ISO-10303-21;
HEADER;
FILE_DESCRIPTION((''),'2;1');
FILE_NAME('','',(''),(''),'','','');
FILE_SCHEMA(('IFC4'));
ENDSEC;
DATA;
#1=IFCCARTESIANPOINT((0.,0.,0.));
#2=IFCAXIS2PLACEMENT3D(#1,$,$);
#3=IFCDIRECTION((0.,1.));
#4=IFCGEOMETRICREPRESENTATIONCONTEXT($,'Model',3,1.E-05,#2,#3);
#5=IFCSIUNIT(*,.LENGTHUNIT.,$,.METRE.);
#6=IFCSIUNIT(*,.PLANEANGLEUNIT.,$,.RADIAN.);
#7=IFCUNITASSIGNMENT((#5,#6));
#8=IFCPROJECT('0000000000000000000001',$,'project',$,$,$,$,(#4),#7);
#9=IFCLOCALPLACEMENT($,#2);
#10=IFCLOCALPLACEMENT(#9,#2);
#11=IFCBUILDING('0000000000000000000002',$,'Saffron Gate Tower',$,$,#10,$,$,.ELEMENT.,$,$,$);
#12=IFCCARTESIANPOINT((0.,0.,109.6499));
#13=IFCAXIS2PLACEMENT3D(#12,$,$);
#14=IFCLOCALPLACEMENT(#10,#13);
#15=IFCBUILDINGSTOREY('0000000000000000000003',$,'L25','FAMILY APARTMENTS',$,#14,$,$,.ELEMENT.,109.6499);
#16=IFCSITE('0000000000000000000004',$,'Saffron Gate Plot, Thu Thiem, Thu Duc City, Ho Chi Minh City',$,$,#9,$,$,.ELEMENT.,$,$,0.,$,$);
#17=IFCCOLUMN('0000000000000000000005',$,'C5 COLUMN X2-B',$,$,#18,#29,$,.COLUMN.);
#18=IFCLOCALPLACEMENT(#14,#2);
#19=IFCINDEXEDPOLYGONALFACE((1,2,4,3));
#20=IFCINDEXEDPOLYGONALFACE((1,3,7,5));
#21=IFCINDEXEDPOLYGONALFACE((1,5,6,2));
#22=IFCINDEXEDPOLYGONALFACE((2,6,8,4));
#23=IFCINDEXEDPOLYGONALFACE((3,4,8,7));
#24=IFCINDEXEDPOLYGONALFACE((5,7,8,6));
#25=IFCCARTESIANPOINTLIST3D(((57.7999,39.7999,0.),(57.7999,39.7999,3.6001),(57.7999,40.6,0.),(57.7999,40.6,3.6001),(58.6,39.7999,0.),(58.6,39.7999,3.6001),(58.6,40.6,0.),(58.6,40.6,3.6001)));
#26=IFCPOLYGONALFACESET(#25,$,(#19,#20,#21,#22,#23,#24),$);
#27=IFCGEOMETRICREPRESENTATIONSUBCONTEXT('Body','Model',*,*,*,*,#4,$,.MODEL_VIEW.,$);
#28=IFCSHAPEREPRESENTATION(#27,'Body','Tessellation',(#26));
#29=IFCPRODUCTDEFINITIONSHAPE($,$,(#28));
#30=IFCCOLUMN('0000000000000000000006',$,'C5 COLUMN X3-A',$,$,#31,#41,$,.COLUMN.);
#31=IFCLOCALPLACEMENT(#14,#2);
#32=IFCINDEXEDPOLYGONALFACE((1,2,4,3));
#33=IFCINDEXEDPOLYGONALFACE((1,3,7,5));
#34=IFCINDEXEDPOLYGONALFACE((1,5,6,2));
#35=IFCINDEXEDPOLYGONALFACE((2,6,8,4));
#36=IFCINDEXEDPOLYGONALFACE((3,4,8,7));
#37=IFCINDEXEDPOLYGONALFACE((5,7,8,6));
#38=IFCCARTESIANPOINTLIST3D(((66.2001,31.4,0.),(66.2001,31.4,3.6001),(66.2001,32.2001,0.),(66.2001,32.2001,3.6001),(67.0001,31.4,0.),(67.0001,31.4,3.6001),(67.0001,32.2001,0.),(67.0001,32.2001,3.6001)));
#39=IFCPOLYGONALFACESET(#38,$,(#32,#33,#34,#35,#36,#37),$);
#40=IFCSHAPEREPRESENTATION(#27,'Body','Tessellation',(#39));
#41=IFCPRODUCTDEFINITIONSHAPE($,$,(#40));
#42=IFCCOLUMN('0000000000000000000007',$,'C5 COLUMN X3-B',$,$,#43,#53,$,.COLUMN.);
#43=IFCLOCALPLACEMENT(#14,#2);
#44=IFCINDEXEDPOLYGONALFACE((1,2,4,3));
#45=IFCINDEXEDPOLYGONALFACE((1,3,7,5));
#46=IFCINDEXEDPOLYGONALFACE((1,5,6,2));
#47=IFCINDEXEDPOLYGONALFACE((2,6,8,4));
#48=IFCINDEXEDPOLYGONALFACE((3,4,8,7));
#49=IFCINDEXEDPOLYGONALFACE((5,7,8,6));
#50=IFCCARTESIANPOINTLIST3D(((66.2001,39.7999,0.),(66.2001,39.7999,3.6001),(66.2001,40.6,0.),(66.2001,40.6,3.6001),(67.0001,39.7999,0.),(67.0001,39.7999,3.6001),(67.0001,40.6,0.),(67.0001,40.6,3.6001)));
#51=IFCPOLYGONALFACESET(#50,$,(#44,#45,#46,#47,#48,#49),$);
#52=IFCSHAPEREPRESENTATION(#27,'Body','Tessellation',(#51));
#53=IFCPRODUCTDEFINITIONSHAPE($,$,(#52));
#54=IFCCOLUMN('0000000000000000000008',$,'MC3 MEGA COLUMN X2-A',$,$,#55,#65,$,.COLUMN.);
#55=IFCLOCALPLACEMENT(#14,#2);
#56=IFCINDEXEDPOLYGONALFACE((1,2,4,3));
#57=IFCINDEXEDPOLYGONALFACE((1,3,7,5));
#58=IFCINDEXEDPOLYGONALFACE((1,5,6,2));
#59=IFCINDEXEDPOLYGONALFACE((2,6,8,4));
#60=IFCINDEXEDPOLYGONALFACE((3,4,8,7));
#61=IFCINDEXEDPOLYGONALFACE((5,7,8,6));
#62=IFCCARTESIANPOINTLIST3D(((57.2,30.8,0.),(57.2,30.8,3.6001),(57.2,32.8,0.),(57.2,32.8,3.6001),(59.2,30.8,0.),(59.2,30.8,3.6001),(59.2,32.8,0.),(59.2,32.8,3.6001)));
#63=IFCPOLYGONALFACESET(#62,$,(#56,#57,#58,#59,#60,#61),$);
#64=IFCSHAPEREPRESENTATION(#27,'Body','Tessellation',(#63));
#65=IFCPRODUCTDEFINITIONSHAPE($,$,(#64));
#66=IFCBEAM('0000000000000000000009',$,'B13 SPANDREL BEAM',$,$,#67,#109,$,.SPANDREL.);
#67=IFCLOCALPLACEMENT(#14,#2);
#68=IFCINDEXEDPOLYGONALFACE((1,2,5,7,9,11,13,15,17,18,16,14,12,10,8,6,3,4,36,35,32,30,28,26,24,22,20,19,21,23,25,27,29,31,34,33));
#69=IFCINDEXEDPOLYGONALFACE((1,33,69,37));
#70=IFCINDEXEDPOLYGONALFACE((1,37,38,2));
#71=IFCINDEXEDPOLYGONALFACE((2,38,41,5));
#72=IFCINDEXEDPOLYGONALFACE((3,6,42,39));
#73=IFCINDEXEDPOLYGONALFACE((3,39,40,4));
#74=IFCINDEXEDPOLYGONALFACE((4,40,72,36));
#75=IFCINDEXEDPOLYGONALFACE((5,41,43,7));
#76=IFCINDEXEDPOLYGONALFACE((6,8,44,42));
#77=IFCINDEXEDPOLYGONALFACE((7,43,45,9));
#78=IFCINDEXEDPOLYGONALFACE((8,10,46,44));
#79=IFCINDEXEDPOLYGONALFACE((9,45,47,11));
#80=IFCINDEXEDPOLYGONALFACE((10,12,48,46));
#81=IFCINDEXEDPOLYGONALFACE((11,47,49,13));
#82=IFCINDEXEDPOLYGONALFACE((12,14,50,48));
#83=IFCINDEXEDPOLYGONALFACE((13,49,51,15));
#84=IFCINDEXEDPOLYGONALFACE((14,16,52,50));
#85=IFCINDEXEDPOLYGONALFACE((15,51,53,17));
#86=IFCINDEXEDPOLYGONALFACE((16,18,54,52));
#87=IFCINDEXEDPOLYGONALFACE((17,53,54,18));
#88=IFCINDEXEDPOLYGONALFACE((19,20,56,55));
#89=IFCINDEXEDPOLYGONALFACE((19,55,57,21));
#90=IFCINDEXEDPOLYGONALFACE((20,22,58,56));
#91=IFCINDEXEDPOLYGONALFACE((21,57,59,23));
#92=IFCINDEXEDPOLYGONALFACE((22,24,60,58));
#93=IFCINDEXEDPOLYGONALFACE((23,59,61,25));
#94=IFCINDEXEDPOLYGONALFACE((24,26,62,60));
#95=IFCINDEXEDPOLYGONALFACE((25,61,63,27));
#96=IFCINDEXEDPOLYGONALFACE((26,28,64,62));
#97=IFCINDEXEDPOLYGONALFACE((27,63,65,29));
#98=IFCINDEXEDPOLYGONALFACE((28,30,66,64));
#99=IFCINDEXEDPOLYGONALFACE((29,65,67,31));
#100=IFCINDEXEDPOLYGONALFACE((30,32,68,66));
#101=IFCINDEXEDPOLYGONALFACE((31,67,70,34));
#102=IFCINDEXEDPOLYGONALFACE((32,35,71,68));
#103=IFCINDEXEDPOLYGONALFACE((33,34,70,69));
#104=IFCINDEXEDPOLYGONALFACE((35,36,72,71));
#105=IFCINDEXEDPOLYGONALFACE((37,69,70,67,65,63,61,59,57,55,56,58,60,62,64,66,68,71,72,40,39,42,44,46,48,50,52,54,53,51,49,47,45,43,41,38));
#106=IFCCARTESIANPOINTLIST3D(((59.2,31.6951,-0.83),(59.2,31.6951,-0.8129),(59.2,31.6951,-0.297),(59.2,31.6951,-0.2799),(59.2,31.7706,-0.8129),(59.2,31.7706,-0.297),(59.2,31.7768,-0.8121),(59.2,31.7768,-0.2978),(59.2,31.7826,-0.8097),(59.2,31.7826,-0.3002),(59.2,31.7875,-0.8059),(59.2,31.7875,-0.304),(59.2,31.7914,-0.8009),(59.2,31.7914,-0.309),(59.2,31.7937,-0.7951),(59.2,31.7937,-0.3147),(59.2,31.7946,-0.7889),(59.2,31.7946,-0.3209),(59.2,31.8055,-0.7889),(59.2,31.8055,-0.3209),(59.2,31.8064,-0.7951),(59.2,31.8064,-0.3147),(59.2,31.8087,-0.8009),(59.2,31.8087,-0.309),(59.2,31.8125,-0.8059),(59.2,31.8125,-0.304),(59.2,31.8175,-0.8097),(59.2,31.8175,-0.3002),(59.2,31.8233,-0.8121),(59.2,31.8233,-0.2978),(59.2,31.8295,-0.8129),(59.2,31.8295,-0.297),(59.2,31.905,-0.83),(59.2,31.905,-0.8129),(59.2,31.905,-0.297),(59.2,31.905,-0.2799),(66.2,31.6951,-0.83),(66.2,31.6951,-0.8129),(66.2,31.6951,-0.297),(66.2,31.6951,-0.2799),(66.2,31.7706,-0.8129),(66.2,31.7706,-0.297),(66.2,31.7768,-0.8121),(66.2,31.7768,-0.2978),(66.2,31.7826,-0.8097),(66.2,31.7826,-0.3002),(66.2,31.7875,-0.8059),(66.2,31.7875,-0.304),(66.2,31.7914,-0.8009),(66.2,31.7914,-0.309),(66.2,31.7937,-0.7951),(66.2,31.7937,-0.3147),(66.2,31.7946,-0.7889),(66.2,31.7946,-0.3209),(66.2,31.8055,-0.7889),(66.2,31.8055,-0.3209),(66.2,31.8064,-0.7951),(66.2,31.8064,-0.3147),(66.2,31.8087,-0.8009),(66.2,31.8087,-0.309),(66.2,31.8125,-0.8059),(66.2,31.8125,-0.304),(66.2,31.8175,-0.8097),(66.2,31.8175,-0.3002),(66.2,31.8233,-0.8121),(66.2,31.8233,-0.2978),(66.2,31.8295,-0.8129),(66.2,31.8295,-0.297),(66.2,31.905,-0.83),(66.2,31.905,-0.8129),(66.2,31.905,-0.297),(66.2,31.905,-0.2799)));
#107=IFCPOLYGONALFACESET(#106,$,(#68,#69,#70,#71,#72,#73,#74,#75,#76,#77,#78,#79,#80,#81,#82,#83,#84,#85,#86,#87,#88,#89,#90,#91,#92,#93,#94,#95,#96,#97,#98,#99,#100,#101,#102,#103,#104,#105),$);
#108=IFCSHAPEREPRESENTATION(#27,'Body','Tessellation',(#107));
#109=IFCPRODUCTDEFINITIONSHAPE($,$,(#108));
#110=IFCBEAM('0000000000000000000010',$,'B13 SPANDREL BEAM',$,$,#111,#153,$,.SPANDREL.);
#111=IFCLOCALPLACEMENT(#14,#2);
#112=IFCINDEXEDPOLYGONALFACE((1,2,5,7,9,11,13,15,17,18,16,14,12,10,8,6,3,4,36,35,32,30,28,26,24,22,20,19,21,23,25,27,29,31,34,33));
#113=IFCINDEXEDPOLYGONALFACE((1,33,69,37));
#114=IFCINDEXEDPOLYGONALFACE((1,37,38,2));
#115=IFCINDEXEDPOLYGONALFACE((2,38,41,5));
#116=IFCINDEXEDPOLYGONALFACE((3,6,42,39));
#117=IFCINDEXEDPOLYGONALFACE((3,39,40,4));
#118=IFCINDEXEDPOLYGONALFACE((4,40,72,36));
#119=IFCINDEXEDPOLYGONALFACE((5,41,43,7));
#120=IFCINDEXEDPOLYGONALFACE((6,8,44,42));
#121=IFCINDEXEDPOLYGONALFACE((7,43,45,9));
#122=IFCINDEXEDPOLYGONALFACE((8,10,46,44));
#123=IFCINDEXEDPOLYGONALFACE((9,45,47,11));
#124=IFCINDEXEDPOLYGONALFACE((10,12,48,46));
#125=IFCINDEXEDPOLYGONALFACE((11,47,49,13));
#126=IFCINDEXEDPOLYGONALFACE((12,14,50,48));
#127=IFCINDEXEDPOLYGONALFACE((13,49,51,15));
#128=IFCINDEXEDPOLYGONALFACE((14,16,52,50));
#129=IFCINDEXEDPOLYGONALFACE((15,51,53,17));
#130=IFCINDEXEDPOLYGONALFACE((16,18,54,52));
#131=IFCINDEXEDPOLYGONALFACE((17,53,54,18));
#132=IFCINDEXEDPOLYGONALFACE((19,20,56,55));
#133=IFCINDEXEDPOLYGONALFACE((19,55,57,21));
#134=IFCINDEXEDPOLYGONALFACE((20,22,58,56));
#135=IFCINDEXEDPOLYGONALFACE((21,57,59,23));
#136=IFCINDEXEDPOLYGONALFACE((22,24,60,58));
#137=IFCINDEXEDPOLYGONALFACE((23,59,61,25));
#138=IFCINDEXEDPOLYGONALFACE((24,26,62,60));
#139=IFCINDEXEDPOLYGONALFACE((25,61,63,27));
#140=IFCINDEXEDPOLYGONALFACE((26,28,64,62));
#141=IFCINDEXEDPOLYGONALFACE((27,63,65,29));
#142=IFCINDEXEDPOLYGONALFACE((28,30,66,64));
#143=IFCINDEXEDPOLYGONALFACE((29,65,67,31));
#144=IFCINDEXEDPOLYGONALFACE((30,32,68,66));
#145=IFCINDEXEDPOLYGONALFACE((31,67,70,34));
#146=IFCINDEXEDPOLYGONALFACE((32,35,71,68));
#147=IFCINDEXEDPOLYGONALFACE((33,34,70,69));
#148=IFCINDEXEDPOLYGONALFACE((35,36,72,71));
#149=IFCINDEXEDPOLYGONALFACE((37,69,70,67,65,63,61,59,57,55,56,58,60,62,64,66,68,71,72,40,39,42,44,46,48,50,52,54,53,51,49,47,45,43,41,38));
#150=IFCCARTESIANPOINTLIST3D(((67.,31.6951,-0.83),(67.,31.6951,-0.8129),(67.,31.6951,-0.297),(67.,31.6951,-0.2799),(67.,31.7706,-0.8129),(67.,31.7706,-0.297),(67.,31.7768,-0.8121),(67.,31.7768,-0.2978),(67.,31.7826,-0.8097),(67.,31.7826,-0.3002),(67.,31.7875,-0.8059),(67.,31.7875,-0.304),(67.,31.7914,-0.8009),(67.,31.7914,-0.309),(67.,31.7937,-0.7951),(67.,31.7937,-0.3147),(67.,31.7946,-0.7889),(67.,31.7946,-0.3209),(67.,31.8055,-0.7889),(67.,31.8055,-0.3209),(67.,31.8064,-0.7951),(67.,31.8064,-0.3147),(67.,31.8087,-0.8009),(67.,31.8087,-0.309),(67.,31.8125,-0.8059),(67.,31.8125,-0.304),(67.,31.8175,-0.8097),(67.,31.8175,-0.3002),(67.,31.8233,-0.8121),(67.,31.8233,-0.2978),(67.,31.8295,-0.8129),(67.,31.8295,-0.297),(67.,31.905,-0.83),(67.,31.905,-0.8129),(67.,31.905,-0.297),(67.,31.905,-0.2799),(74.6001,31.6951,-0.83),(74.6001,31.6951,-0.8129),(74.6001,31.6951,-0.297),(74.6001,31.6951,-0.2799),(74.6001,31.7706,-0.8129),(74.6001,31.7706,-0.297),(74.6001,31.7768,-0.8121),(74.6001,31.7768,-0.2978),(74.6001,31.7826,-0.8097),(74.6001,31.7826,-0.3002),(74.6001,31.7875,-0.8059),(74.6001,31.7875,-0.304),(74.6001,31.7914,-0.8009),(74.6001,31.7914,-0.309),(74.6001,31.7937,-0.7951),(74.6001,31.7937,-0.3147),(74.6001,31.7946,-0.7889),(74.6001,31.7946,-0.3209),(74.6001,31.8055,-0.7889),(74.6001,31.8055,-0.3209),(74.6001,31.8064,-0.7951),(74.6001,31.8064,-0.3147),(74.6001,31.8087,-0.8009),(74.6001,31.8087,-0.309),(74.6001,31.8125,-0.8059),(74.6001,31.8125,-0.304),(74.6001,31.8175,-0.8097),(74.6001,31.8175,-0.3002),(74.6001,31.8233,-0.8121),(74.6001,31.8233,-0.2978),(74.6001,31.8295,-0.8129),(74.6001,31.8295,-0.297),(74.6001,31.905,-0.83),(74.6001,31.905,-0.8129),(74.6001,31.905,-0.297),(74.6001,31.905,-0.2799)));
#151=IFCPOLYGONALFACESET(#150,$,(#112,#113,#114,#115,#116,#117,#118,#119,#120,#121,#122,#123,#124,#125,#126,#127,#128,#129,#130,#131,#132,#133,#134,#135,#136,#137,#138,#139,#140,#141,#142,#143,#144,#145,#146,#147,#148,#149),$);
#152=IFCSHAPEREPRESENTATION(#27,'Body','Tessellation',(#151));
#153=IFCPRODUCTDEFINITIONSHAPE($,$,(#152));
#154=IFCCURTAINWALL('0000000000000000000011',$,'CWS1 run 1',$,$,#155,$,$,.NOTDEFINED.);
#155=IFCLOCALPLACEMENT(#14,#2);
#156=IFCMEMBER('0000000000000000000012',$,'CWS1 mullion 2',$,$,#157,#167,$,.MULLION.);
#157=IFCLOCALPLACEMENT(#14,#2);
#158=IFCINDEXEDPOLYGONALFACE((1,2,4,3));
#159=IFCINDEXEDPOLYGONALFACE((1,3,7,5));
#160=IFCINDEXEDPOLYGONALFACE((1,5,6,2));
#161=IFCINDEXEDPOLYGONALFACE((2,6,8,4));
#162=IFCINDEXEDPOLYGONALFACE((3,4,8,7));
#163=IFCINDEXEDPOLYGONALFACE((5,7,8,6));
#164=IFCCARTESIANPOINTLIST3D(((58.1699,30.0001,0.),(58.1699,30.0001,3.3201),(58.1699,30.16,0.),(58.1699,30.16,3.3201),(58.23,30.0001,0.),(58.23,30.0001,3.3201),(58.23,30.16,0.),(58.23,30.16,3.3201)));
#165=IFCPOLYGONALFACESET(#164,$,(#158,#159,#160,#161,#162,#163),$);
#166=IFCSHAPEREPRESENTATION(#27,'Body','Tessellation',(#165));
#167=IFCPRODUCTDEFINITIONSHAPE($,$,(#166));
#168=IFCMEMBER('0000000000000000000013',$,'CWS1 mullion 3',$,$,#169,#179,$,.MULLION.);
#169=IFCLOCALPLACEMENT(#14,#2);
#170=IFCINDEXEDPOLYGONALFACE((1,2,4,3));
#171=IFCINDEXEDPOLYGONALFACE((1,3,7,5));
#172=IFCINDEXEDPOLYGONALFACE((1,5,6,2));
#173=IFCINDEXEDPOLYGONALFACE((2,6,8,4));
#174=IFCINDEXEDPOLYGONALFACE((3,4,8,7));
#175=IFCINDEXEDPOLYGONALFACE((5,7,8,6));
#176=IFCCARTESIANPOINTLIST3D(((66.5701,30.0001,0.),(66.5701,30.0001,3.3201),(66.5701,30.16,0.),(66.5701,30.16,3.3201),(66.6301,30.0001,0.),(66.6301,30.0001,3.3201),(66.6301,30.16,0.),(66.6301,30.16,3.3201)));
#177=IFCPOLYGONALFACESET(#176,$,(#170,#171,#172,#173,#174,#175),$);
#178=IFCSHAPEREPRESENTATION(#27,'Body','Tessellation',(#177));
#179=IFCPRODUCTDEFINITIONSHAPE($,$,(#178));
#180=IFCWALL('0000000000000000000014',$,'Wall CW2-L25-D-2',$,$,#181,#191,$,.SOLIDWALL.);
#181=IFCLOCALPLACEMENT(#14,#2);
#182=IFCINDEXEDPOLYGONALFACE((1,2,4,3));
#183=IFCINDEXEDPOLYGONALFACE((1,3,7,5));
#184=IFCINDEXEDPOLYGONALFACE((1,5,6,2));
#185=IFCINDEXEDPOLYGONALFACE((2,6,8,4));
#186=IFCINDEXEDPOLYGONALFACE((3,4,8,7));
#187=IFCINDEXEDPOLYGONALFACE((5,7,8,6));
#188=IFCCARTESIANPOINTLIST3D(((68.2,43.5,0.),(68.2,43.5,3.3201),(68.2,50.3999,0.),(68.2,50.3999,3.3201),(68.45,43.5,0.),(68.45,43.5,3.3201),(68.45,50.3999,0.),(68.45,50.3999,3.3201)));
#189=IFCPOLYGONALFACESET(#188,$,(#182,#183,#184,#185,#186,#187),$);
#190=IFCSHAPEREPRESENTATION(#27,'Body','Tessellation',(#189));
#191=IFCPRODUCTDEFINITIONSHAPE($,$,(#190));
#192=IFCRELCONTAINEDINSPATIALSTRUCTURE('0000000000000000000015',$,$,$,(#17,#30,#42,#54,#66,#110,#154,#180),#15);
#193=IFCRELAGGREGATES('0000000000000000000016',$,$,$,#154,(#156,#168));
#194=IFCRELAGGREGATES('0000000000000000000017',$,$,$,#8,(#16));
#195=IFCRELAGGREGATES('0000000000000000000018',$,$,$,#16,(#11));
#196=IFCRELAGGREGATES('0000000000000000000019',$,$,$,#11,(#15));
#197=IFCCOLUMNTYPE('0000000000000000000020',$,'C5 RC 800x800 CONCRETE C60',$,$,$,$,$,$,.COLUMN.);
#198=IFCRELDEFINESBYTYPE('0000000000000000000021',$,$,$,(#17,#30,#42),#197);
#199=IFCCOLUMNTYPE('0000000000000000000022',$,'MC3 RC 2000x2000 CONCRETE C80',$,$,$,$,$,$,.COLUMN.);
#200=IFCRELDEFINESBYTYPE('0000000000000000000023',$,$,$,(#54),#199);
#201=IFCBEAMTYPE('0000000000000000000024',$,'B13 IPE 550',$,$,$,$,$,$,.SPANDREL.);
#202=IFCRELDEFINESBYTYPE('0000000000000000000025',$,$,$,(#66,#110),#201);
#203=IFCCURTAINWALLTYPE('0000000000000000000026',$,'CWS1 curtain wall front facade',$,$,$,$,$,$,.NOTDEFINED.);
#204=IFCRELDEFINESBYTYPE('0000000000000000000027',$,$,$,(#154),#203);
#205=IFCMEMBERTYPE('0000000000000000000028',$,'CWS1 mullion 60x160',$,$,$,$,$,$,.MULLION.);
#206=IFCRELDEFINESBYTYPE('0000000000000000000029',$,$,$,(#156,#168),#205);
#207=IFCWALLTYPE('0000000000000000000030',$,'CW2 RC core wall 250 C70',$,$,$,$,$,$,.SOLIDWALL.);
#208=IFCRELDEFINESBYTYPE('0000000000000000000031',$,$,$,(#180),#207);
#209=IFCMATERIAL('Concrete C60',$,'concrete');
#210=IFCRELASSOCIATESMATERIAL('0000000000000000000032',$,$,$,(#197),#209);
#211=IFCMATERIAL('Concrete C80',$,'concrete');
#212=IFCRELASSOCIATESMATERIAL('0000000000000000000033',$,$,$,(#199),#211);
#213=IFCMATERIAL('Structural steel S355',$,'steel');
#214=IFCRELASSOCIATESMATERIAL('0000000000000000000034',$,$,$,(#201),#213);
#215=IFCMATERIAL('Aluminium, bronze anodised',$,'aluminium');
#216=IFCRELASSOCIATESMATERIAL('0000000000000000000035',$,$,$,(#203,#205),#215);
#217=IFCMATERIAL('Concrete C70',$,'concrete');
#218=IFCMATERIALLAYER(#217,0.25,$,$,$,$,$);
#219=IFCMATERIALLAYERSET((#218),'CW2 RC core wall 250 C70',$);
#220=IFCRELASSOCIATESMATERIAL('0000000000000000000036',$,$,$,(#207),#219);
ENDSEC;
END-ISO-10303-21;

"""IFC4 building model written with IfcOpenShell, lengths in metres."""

from ifc_helpers import new_model, si_unit, direction, frame, frame_2d, origin, origin_2d, place, context, subcontext, project, spatial, rectangle, i_section, extrude, material, layer, layer_set, material_profile, profile_set, type_object, element, aggregate, save


model = new_model("IFC4")

# Units and contexts
model_context = context("Model", 3, precision=1e-05, world=origin(), true_north=direction((0.0, 1.0)))
body_context = subcontext(model_context, "Body", "Model", "MODEL_VIEW")
ifc_project = project(units=[si_unit("LENGTHUNIT", "METRE"), si_unit("PLANEANGLEUNIT", "RADIAN")], contexts=[model_context])

# Site, building, storey
site_placement = place(None, origin())
site = spatial("IfcSite", under=ifc_project, at=site_placement, Name="Saffron Gate Plot, Thu Thiem, Thu Duc City, Ho Chi Minh City", CompositionType="ELEMENT", RefElevation=0.0)
building_placement = place(site_placement, origin())
building = spatial("IfcBuilding", under=site, at=building_placement, Name="Saffron Gate Tower", CompositionType="ELEMENT")
storey_placement = place(building_placement, frame((0.0, 0.0, 109.6499)))
storey = spatial("IfcBuildingStorey", under=building, at=storey_placement, Name="L25", Description="FAMILY APARTMENTS", CompositionType="ELEMENT", Elevation=109.6499)

# Columns
ifc_material_1 = material(Name="Concrete C60", Category="concrete")
ifc_material_profile_1 = material_profile(ifc_material_1, rectangle(XDim=0.8, YDim=0.8, at=origin_2d()))
ifc_profile_set_1 = profile_set([ifc_material_profile_1], Name="Concrete C60")
column_type_1 = type_object("IfcColumnType", Name="C5 RC 800x800 CONCRETE C60", PredefinedType="COLUMN", material=ifc_profile_set_1)
for number, where, z_axis, x_axis, name in (
    (1, (58.2, 40.2, 0.0), (0.0, 0.0, 1.0), (1.0, 0.0, 0.0), "C5 COLUMN X2-B"),
    (2, (66.6001, 31.8, 0.0), (0.0, 0.0, 1.0), (1.0, 0.0, 0.0), "C5 COLUMN X3-A"),
    (3, (66.6001, 40.2, 0.0), (0.0, 0.0, 1.0), (1.0, 0.0, 0.0), "C5 COLUMN X3-B"),
):
    element("IfcColumn", number, at=place(storey_placement, frame(where, z_axis=z_axis, x_axis=x_axis)), inside=storey, type_object=column_type_1, Name=name, PredefinedType="COLUMN", context=body_context, shape_type="SweptSolid", body=[
        extrude(rectangle(XDim=0.8, YDim=0.8, at=origin_2d()), origin(), (0.0, 0.0, 1.0), 3.6001),
    ])
ifc_material_2 = material(Name="Concrete C80", Category="concrete")
ifc_material_profile_2 = material_profile(ifc_material_2, rectangle(XDim=2.0, YDim=2.0, at=origin_2d()))
ifc_profile_set_2 = profile_set([ifc_material_profile_2], Name="Concrete C80")
column_type_2 = type_object("IfcColumnType", Name="MC3 RC 2000x2000 CONCRETE C80", PredefinedType="COLUMN", material=ifc_profile_set_2)
column_placement = place(storey_placement, frame((58.2, 31.8, 0.0), z_axis=(0.0, 0.0, 1.0), x_axis=(1.0, 0.0, 0.0)))
element("IfcColumn", 4, at=column_placement, inside=storey, type_object=column_type_2, Name="MC3 MEGA COLUMN X2-A", PredefinedType="COLUMN", context=body_context, shape_type="SweptSolid", body=[
    extrude(rectangle(XDim=2.0, YDim=2.0, at=origin_2d()), origin(), (0.0, 0.0, 1.0), 3.6001),
])

# Beams
ifc_material_3 = material(Name="Structural steel S355", Category="steel")
ifc_material_profile_3 = material_profile(ifc_material_3, i_section(OverallWidth=0.21, OverallDepth=0.55, WebThickness=0.011, FlangeThickness=0.0171, FilletRadius=0.0239, at=origin_2d()))
ifc_profile_set_3 = profile_set([ifc_material_profile_3], Name="Structural steel S355")
beam_type = type_object("IfcBeamType", Name="B13 IPE 550", PredefinedType="SPANDREL", material=ifc_profile_set_3)
beam_1_placement = place(storey_placement, frame((59.2, 31.8, -0.5549), z_axis=(1.0, 0.0, 0.0), x_axis=(0.0, 1.0, 0.0)))
element("IfcBeam", 5, at=beam_1_placement, inside=storey, type_object=beam_type, Name="B13 SPANDREL BEAM", PredefinedType="SPANDREL", context=body_context, shape_type="SweptSolid", body=[
    extrude(i_section(OverallWidth=0.21, OverallDepth=0.55, WebThickness=0.011, FlangeThickness=0.0171, FilletRadius=0.0239, at=origin_2d()), origin(), (0.0, 0.0, 1.0), 7.0),
])
beam_2_placement = place(storey_placement, frame((67.0, 31.8, -0.5549), z_axis=(1.0, 0.0, 0.0), x_axis=(0.0, 1.0, 0.0)))
element("IfcBeam", 6, at=beam_2_placement, inside=storey, type_object=beam_type, Name="B13 SPANDREL BEAM", PredefinedType="SPANDREL", context=body_context, shape_type="SweptSolid", body=[
    extrude(i_section(OverallWidth=0.21, OverallDepth=0.55, WebThickness=0.011, FlangeThickness=0.0171, FilletRadius=0.0239, at=origin_2d()), origin(), (0.0, 0.0, 1.0), 7.6001),
])

# Curtain wall, members
ifc_material_4 = material(Name="Aluminium, bronze anodised", Category="aluminium")
curtain_wall_type = type_object("IfcCurtainWallType", Name="CWS1 curtain wall front facade", PredefinedType="NOTDEFINED", material=ifc_material_4)
curtain_wall_placement = place(storey_placement, origin())
curtain_wall = element("IfcCurtainWall", 7, at=curtain_wall_placement, inside=storey, type_object=curtain_wall_type, Name="CWS1 run 1", PredefinedType="NOTDEFINED")
ifc_material_profile_4 = material_profile(ifc_material_4, rectangle(XDim=0.1599, YDim=0.0601, at=origin_2d()))
ifc_profile_set_4 = profile_set([ifc_material_profile_4], Name="Aluminium, bronze anodised")
member_type = type_object("IfcMemberType", Name="CWS1 mullion 60x160", PredefinedType="MULLION", material=ifc_profile_set_4)
member_1_placement = place(storey_placement, frame((58.2, 30.0801, 0.0), z_axis=(0.0, 0.0, 1.0), x_axis=(0.0, 1.0, 0.0)))
member_1 = element("IfcMember", 8, at=member_1_placement, type_object=member_type, Name="CWS1 mullion 2", PredefinedType="MULLION", context=body_context, shape_type="SweptSolid", body=[
    extrude(rectangle(XDim=0.1599, YDim=0.0601, at=origin_2d()), origin(), (0.0, 0.0, 1.0), 3.3201),
])
member_2_placement = place(storey_placement, frame((66.6001, 30.0801, 0.0), z_axis=(0.0, 0.0, 1.0), x_axis=(0.0, 1.0, 0.0)))
member_2 = element("IfcMember", 9, at=member_2_placement, type_object=member_type, Name="CWS1 mullion 3", PredefinedType="MULLION", context=body_context, shape_type="SweptSolid", body=[
    extrude(rectangle(XDim=0.1599, YDim=0.0601, at=origin_2d()), origin(), (0.0, 0.0, 1.0), 3.3201),
])
aggregate(curtain_wall, [member_1, member_2])

# Wall
ifc_material_5 = material(Name="Concrete C70", Category="concrete")
ifc_layer_1 = layer(ifc_material_5, 0.25)
ifc_layer_set_1 = layer_set([ifc_layer_1], Name="CW2 RC core wall 250 C70")
wall_type_1 = type_object("IfcWallType", Name="CW2 RC core wall 250 C70", PredefinedType="SOLIDWALL", material=ifc_layer_set_1)
wall_1_placement = place(storey_placement, frame((68.325, 43.5, 0.0), z_axis=(0.0, 0.0, 1.0), x_axis=(0.0, 1.0, 0.0)))
element("IfcWall", 10, at=wall_1_placement, inside=storey, type_object=wall_type_1, Name="Wall CW2-L25-D-2", PredefinedType="SOLIDWALL", context=body_context, shape_type="SweptSolid", body=[
    extrude(rectangle(XDim=6.8999, YDim=0.25, at=frame_2d((3.45, 0.0))), origin(), (0.0, 0.0, 1.0), 3.3201),
])

save(model, "model.ifc")
